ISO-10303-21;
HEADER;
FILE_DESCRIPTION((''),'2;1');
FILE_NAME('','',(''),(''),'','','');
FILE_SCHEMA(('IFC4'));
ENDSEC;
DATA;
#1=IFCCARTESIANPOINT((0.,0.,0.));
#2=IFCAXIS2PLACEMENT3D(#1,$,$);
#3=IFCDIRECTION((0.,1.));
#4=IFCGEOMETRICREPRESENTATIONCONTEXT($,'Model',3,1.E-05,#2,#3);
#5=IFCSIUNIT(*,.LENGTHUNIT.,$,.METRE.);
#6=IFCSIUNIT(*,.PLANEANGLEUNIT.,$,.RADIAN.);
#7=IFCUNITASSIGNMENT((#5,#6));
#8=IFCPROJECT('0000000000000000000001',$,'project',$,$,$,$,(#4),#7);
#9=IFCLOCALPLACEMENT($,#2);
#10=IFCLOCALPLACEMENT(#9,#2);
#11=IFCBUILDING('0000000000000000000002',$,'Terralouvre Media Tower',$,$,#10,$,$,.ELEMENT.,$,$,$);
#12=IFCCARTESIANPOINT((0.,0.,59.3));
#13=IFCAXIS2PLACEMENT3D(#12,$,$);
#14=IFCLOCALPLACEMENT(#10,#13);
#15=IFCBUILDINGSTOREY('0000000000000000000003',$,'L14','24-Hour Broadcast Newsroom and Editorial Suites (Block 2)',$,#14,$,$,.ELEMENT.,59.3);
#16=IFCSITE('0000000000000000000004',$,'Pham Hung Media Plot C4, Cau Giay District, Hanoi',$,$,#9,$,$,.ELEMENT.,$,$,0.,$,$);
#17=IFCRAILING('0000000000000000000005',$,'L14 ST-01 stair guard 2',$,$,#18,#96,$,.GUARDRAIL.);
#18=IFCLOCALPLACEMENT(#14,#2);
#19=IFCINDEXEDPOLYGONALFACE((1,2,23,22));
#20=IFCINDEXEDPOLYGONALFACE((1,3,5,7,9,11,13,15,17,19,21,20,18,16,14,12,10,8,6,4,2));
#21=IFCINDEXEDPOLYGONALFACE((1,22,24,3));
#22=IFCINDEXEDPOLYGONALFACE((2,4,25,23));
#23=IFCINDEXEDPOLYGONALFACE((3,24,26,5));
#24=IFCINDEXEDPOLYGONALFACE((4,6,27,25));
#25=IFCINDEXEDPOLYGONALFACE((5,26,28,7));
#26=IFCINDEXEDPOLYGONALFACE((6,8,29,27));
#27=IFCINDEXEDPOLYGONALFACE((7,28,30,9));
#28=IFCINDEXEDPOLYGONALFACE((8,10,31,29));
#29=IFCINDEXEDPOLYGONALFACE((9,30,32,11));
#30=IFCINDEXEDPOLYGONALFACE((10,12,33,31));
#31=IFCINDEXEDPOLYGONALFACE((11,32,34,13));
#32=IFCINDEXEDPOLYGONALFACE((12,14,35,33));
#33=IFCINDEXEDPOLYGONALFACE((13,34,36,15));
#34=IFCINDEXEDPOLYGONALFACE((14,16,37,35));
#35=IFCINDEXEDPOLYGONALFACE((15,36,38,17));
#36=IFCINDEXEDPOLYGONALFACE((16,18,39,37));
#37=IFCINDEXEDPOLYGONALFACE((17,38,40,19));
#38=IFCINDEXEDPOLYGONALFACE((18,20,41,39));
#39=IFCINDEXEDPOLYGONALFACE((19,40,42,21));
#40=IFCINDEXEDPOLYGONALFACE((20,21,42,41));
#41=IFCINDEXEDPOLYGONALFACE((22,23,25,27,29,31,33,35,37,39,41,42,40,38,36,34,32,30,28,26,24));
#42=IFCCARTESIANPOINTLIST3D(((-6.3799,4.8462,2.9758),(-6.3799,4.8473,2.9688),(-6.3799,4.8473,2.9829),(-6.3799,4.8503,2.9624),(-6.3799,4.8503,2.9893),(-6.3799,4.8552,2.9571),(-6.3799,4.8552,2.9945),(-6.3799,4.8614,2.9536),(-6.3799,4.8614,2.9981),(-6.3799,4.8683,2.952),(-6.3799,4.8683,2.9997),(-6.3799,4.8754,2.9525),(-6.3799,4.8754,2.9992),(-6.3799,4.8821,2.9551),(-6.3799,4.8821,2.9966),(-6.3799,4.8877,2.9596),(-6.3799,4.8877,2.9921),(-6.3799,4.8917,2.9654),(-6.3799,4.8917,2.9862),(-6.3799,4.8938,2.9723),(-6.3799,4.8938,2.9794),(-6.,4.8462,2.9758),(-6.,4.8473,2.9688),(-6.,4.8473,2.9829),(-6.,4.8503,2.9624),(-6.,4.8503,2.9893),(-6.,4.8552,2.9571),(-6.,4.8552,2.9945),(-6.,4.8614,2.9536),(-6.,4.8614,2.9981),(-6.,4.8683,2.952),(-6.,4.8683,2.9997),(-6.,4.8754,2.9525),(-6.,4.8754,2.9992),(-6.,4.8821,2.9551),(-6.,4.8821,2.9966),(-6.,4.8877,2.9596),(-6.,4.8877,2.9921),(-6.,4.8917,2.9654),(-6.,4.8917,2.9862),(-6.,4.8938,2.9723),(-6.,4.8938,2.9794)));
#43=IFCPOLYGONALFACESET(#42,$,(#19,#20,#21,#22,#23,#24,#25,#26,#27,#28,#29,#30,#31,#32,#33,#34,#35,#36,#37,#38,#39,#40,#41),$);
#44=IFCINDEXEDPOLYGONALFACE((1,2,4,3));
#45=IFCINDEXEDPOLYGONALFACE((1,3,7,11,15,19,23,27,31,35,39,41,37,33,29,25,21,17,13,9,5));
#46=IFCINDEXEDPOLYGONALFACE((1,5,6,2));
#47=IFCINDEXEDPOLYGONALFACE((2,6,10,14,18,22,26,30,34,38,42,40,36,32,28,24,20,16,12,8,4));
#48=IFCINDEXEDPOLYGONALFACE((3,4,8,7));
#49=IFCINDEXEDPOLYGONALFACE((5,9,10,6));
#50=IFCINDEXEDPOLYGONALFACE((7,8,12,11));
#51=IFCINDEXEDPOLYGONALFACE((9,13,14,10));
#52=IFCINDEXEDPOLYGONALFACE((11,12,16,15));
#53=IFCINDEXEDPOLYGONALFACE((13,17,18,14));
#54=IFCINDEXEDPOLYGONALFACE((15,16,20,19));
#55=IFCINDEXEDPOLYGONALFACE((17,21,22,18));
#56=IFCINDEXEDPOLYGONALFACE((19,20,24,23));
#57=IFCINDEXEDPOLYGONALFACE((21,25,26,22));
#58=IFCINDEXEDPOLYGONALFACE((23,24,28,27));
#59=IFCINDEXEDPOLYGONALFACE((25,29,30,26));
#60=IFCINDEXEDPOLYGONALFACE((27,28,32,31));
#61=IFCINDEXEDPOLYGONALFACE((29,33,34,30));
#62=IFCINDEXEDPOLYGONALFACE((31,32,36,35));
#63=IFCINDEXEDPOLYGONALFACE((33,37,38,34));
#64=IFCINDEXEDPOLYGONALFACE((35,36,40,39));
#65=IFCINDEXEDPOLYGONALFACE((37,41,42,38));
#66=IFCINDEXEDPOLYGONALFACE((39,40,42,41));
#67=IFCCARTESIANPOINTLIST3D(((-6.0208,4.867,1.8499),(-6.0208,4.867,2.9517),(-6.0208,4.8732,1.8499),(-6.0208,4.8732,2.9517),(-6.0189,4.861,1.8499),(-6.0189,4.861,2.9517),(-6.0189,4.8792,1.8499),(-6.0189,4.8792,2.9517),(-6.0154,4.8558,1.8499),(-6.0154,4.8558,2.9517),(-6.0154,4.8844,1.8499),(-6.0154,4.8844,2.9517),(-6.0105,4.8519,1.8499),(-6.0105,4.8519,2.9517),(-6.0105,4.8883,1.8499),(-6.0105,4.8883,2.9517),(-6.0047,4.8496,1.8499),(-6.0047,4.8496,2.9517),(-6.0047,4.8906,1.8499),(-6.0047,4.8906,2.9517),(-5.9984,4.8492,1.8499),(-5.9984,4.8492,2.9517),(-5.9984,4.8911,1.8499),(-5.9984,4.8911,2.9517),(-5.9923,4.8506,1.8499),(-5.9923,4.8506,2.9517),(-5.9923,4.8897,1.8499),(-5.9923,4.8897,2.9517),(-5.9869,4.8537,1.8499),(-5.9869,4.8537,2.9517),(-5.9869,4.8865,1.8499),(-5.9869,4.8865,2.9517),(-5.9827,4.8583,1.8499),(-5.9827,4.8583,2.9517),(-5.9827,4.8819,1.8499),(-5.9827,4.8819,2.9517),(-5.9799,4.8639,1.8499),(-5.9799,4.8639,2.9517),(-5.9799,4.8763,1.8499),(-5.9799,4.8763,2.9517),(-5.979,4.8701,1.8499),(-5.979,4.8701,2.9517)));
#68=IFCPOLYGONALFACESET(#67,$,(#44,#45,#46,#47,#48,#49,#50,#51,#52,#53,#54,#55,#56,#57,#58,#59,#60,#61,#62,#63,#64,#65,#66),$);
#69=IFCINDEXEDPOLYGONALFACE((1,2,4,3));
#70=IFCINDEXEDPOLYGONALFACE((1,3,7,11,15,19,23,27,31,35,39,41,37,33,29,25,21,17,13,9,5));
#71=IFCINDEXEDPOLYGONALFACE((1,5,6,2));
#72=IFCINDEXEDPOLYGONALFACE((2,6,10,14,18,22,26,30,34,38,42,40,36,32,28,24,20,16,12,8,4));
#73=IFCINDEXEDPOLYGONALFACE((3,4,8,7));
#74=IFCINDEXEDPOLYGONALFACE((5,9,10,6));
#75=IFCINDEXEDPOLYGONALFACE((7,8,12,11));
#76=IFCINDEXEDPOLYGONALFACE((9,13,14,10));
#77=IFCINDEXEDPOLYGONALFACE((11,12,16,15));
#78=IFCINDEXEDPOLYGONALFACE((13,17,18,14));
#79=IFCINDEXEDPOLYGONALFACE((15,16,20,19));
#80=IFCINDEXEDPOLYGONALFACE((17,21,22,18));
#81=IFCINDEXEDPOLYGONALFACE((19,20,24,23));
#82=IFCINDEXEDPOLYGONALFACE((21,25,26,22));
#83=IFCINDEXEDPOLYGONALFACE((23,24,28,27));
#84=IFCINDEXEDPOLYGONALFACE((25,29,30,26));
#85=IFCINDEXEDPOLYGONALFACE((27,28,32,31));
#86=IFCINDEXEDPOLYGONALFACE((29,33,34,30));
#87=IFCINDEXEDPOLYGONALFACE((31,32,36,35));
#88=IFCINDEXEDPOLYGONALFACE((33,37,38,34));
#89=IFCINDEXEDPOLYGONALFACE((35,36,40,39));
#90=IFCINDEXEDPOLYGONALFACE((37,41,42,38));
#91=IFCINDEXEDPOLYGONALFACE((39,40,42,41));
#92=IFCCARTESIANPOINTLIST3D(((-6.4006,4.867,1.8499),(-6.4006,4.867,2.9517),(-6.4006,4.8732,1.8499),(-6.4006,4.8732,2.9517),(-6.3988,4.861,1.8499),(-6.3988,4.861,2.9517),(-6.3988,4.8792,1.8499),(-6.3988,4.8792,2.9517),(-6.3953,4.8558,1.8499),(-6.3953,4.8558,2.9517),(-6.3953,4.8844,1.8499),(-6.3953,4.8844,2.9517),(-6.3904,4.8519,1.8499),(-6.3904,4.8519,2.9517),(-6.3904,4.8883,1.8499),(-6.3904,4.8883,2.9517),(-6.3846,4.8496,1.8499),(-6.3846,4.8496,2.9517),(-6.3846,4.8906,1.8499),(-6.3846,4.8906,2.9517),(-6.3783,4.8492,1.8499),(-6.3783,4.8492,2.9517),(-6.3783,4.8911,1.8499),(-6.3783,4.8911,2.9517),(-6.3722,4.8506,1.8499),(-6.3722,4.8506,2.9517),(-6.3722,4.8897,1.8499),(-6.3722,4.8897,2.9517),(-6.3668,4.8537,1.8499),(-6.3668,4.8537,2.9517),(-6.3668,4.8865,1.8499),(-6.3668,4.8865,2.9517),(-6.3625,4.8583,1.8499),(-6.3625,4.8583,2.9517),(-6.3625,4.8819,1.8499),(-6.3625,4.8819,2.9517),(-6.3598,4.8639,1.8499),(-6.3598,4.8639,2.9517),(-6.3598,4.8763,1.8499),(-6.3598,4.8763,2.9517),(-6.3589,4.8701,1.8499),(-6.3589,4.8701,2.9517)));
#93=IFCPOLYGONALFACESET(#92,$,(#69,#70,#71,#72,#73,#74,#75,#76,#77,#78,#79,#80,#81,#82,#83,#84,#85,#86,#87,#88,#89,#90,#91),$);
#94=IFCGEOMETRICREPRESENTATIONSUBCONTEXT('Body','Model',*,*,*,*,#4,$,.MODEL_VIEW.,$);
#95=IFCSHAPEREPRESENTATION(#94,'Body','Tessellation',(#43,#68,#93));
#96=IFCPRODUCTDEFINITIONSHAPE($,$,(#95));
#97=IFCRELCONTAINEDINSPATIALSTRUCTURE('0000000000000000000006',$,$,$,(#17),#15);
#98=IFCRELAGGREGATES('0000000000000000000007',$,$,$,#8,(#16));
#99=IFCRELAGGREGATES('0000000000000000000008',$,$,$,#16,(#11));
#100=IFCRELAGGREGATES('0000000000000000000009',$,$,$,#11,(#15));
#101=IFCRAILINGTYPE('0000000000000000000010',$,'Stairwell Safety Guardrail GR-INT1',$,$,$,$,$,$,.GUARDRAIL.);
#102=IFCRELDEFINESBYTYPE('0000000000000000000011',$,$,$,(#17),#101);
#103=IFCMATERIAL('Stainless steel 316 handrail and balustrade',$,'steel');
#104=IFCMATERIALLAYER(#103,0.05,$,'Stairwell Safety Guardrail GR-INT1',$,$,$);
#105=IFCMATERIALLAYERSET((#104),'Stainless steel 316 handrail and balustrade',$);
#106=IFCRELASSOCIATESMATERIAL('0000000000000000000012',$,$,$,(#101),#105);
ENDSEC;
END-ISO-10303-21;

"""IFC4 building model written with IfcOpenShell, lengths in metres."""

from ifc_helpers import new_model, si_unit, direction, frame, origin, origin_2d, place, context, subcontext, project, spatial, circle, extrude, material, layer, layer_set, type_object, element, save


model = new_model("IFC4")

# Units and contexts
model_context = context("Model", 3, precision=1e-05, world=origin(), true_north=direction((0.0, 1.0)))
body_context = subcontext(model_context, "Body", "Model", "MODEL_VIEW")
ifc_project = project(units=[si_unit("LENGTHUNIT", "METRE"), si_unit("PLANEANGLEUNIT", "RADIAN")], contexts=[model_context])

# Site, building, storey
site_placement = place(None, origin())
site = spatial("IfcSite", under=ifc_project, at=site_placement, Name="Pham Hung Media Plot C4, Cau Giay District, Hanoi", CompositionType="ELEMENT", RefElevation=0.0)
building_placement = place(site_placement, origin())
building = spatial("IfcBuilding", under=site, at=building_placement, Name="Terralouvre Media Tower", CompositionType="ELEMENT")
storey_placement = place(building_placement, frame((0.0, 0.0, 59.3)))
storey = spatial("IfcBuildingStorey", under=building, at=storey_placement, Name="L14", Description="24-Hour Broadcast Newsroom and Editorial Suites (Block 2)", CompositionType="ELEMENT", Elevation=59.3)

# Railing
ifc_material_1 = material(Name="Stainless steel 316 handrail and balustrade", Category="steel")
ifc_layer_1 = layer(ifc_material_1, 0.05, Name="Stairwell Safety Guardrail GR-INT1")
ifc_layer_set_1 = layer_set([ifc_layer_1], Name="Stainless steel 316 handrail and balustrade")
railing_type_1 = type_object("IfcRailingType", Name="Stairwell Safety Guardrail GR-INT1", PredefinedType="GUARDRAIL", material=ifc_layer_set_1)
railing_1_placement = place(storey_placement, frame((-6.0, 4.8701, 1.8499)))
element("IfcRailing", 1, at=railing_1_placement, inside=storey, type_object=railing_type_1, Name="L14 ST-01 stair guard 2", PredefinedType="GUARDRAIL", context=body_context, shape_type="SweptSolid", body=[
    extrude(circle(Radius=0.0239, at=origin_2d()), frame((0.0, 0.0, 1.126), z_axis=(-1.0, 0.0, 0.0), x_axis=(0.0, -1.0, 0.0)), (0.0, 0.0, 1.0), 0.3799),
    extrude(circle(Radius=0.021, at=origin_2d()), origin(), (0.0, 0.0, 1.0), 1.1018),
    extrude(circle(Radius=0.021, at=origin_2d()), frame((-0.3799, 0.0, 0.0)), (0.0, 0.0, 1.0), 1.1018),
])

save(model, "model.ifc")
